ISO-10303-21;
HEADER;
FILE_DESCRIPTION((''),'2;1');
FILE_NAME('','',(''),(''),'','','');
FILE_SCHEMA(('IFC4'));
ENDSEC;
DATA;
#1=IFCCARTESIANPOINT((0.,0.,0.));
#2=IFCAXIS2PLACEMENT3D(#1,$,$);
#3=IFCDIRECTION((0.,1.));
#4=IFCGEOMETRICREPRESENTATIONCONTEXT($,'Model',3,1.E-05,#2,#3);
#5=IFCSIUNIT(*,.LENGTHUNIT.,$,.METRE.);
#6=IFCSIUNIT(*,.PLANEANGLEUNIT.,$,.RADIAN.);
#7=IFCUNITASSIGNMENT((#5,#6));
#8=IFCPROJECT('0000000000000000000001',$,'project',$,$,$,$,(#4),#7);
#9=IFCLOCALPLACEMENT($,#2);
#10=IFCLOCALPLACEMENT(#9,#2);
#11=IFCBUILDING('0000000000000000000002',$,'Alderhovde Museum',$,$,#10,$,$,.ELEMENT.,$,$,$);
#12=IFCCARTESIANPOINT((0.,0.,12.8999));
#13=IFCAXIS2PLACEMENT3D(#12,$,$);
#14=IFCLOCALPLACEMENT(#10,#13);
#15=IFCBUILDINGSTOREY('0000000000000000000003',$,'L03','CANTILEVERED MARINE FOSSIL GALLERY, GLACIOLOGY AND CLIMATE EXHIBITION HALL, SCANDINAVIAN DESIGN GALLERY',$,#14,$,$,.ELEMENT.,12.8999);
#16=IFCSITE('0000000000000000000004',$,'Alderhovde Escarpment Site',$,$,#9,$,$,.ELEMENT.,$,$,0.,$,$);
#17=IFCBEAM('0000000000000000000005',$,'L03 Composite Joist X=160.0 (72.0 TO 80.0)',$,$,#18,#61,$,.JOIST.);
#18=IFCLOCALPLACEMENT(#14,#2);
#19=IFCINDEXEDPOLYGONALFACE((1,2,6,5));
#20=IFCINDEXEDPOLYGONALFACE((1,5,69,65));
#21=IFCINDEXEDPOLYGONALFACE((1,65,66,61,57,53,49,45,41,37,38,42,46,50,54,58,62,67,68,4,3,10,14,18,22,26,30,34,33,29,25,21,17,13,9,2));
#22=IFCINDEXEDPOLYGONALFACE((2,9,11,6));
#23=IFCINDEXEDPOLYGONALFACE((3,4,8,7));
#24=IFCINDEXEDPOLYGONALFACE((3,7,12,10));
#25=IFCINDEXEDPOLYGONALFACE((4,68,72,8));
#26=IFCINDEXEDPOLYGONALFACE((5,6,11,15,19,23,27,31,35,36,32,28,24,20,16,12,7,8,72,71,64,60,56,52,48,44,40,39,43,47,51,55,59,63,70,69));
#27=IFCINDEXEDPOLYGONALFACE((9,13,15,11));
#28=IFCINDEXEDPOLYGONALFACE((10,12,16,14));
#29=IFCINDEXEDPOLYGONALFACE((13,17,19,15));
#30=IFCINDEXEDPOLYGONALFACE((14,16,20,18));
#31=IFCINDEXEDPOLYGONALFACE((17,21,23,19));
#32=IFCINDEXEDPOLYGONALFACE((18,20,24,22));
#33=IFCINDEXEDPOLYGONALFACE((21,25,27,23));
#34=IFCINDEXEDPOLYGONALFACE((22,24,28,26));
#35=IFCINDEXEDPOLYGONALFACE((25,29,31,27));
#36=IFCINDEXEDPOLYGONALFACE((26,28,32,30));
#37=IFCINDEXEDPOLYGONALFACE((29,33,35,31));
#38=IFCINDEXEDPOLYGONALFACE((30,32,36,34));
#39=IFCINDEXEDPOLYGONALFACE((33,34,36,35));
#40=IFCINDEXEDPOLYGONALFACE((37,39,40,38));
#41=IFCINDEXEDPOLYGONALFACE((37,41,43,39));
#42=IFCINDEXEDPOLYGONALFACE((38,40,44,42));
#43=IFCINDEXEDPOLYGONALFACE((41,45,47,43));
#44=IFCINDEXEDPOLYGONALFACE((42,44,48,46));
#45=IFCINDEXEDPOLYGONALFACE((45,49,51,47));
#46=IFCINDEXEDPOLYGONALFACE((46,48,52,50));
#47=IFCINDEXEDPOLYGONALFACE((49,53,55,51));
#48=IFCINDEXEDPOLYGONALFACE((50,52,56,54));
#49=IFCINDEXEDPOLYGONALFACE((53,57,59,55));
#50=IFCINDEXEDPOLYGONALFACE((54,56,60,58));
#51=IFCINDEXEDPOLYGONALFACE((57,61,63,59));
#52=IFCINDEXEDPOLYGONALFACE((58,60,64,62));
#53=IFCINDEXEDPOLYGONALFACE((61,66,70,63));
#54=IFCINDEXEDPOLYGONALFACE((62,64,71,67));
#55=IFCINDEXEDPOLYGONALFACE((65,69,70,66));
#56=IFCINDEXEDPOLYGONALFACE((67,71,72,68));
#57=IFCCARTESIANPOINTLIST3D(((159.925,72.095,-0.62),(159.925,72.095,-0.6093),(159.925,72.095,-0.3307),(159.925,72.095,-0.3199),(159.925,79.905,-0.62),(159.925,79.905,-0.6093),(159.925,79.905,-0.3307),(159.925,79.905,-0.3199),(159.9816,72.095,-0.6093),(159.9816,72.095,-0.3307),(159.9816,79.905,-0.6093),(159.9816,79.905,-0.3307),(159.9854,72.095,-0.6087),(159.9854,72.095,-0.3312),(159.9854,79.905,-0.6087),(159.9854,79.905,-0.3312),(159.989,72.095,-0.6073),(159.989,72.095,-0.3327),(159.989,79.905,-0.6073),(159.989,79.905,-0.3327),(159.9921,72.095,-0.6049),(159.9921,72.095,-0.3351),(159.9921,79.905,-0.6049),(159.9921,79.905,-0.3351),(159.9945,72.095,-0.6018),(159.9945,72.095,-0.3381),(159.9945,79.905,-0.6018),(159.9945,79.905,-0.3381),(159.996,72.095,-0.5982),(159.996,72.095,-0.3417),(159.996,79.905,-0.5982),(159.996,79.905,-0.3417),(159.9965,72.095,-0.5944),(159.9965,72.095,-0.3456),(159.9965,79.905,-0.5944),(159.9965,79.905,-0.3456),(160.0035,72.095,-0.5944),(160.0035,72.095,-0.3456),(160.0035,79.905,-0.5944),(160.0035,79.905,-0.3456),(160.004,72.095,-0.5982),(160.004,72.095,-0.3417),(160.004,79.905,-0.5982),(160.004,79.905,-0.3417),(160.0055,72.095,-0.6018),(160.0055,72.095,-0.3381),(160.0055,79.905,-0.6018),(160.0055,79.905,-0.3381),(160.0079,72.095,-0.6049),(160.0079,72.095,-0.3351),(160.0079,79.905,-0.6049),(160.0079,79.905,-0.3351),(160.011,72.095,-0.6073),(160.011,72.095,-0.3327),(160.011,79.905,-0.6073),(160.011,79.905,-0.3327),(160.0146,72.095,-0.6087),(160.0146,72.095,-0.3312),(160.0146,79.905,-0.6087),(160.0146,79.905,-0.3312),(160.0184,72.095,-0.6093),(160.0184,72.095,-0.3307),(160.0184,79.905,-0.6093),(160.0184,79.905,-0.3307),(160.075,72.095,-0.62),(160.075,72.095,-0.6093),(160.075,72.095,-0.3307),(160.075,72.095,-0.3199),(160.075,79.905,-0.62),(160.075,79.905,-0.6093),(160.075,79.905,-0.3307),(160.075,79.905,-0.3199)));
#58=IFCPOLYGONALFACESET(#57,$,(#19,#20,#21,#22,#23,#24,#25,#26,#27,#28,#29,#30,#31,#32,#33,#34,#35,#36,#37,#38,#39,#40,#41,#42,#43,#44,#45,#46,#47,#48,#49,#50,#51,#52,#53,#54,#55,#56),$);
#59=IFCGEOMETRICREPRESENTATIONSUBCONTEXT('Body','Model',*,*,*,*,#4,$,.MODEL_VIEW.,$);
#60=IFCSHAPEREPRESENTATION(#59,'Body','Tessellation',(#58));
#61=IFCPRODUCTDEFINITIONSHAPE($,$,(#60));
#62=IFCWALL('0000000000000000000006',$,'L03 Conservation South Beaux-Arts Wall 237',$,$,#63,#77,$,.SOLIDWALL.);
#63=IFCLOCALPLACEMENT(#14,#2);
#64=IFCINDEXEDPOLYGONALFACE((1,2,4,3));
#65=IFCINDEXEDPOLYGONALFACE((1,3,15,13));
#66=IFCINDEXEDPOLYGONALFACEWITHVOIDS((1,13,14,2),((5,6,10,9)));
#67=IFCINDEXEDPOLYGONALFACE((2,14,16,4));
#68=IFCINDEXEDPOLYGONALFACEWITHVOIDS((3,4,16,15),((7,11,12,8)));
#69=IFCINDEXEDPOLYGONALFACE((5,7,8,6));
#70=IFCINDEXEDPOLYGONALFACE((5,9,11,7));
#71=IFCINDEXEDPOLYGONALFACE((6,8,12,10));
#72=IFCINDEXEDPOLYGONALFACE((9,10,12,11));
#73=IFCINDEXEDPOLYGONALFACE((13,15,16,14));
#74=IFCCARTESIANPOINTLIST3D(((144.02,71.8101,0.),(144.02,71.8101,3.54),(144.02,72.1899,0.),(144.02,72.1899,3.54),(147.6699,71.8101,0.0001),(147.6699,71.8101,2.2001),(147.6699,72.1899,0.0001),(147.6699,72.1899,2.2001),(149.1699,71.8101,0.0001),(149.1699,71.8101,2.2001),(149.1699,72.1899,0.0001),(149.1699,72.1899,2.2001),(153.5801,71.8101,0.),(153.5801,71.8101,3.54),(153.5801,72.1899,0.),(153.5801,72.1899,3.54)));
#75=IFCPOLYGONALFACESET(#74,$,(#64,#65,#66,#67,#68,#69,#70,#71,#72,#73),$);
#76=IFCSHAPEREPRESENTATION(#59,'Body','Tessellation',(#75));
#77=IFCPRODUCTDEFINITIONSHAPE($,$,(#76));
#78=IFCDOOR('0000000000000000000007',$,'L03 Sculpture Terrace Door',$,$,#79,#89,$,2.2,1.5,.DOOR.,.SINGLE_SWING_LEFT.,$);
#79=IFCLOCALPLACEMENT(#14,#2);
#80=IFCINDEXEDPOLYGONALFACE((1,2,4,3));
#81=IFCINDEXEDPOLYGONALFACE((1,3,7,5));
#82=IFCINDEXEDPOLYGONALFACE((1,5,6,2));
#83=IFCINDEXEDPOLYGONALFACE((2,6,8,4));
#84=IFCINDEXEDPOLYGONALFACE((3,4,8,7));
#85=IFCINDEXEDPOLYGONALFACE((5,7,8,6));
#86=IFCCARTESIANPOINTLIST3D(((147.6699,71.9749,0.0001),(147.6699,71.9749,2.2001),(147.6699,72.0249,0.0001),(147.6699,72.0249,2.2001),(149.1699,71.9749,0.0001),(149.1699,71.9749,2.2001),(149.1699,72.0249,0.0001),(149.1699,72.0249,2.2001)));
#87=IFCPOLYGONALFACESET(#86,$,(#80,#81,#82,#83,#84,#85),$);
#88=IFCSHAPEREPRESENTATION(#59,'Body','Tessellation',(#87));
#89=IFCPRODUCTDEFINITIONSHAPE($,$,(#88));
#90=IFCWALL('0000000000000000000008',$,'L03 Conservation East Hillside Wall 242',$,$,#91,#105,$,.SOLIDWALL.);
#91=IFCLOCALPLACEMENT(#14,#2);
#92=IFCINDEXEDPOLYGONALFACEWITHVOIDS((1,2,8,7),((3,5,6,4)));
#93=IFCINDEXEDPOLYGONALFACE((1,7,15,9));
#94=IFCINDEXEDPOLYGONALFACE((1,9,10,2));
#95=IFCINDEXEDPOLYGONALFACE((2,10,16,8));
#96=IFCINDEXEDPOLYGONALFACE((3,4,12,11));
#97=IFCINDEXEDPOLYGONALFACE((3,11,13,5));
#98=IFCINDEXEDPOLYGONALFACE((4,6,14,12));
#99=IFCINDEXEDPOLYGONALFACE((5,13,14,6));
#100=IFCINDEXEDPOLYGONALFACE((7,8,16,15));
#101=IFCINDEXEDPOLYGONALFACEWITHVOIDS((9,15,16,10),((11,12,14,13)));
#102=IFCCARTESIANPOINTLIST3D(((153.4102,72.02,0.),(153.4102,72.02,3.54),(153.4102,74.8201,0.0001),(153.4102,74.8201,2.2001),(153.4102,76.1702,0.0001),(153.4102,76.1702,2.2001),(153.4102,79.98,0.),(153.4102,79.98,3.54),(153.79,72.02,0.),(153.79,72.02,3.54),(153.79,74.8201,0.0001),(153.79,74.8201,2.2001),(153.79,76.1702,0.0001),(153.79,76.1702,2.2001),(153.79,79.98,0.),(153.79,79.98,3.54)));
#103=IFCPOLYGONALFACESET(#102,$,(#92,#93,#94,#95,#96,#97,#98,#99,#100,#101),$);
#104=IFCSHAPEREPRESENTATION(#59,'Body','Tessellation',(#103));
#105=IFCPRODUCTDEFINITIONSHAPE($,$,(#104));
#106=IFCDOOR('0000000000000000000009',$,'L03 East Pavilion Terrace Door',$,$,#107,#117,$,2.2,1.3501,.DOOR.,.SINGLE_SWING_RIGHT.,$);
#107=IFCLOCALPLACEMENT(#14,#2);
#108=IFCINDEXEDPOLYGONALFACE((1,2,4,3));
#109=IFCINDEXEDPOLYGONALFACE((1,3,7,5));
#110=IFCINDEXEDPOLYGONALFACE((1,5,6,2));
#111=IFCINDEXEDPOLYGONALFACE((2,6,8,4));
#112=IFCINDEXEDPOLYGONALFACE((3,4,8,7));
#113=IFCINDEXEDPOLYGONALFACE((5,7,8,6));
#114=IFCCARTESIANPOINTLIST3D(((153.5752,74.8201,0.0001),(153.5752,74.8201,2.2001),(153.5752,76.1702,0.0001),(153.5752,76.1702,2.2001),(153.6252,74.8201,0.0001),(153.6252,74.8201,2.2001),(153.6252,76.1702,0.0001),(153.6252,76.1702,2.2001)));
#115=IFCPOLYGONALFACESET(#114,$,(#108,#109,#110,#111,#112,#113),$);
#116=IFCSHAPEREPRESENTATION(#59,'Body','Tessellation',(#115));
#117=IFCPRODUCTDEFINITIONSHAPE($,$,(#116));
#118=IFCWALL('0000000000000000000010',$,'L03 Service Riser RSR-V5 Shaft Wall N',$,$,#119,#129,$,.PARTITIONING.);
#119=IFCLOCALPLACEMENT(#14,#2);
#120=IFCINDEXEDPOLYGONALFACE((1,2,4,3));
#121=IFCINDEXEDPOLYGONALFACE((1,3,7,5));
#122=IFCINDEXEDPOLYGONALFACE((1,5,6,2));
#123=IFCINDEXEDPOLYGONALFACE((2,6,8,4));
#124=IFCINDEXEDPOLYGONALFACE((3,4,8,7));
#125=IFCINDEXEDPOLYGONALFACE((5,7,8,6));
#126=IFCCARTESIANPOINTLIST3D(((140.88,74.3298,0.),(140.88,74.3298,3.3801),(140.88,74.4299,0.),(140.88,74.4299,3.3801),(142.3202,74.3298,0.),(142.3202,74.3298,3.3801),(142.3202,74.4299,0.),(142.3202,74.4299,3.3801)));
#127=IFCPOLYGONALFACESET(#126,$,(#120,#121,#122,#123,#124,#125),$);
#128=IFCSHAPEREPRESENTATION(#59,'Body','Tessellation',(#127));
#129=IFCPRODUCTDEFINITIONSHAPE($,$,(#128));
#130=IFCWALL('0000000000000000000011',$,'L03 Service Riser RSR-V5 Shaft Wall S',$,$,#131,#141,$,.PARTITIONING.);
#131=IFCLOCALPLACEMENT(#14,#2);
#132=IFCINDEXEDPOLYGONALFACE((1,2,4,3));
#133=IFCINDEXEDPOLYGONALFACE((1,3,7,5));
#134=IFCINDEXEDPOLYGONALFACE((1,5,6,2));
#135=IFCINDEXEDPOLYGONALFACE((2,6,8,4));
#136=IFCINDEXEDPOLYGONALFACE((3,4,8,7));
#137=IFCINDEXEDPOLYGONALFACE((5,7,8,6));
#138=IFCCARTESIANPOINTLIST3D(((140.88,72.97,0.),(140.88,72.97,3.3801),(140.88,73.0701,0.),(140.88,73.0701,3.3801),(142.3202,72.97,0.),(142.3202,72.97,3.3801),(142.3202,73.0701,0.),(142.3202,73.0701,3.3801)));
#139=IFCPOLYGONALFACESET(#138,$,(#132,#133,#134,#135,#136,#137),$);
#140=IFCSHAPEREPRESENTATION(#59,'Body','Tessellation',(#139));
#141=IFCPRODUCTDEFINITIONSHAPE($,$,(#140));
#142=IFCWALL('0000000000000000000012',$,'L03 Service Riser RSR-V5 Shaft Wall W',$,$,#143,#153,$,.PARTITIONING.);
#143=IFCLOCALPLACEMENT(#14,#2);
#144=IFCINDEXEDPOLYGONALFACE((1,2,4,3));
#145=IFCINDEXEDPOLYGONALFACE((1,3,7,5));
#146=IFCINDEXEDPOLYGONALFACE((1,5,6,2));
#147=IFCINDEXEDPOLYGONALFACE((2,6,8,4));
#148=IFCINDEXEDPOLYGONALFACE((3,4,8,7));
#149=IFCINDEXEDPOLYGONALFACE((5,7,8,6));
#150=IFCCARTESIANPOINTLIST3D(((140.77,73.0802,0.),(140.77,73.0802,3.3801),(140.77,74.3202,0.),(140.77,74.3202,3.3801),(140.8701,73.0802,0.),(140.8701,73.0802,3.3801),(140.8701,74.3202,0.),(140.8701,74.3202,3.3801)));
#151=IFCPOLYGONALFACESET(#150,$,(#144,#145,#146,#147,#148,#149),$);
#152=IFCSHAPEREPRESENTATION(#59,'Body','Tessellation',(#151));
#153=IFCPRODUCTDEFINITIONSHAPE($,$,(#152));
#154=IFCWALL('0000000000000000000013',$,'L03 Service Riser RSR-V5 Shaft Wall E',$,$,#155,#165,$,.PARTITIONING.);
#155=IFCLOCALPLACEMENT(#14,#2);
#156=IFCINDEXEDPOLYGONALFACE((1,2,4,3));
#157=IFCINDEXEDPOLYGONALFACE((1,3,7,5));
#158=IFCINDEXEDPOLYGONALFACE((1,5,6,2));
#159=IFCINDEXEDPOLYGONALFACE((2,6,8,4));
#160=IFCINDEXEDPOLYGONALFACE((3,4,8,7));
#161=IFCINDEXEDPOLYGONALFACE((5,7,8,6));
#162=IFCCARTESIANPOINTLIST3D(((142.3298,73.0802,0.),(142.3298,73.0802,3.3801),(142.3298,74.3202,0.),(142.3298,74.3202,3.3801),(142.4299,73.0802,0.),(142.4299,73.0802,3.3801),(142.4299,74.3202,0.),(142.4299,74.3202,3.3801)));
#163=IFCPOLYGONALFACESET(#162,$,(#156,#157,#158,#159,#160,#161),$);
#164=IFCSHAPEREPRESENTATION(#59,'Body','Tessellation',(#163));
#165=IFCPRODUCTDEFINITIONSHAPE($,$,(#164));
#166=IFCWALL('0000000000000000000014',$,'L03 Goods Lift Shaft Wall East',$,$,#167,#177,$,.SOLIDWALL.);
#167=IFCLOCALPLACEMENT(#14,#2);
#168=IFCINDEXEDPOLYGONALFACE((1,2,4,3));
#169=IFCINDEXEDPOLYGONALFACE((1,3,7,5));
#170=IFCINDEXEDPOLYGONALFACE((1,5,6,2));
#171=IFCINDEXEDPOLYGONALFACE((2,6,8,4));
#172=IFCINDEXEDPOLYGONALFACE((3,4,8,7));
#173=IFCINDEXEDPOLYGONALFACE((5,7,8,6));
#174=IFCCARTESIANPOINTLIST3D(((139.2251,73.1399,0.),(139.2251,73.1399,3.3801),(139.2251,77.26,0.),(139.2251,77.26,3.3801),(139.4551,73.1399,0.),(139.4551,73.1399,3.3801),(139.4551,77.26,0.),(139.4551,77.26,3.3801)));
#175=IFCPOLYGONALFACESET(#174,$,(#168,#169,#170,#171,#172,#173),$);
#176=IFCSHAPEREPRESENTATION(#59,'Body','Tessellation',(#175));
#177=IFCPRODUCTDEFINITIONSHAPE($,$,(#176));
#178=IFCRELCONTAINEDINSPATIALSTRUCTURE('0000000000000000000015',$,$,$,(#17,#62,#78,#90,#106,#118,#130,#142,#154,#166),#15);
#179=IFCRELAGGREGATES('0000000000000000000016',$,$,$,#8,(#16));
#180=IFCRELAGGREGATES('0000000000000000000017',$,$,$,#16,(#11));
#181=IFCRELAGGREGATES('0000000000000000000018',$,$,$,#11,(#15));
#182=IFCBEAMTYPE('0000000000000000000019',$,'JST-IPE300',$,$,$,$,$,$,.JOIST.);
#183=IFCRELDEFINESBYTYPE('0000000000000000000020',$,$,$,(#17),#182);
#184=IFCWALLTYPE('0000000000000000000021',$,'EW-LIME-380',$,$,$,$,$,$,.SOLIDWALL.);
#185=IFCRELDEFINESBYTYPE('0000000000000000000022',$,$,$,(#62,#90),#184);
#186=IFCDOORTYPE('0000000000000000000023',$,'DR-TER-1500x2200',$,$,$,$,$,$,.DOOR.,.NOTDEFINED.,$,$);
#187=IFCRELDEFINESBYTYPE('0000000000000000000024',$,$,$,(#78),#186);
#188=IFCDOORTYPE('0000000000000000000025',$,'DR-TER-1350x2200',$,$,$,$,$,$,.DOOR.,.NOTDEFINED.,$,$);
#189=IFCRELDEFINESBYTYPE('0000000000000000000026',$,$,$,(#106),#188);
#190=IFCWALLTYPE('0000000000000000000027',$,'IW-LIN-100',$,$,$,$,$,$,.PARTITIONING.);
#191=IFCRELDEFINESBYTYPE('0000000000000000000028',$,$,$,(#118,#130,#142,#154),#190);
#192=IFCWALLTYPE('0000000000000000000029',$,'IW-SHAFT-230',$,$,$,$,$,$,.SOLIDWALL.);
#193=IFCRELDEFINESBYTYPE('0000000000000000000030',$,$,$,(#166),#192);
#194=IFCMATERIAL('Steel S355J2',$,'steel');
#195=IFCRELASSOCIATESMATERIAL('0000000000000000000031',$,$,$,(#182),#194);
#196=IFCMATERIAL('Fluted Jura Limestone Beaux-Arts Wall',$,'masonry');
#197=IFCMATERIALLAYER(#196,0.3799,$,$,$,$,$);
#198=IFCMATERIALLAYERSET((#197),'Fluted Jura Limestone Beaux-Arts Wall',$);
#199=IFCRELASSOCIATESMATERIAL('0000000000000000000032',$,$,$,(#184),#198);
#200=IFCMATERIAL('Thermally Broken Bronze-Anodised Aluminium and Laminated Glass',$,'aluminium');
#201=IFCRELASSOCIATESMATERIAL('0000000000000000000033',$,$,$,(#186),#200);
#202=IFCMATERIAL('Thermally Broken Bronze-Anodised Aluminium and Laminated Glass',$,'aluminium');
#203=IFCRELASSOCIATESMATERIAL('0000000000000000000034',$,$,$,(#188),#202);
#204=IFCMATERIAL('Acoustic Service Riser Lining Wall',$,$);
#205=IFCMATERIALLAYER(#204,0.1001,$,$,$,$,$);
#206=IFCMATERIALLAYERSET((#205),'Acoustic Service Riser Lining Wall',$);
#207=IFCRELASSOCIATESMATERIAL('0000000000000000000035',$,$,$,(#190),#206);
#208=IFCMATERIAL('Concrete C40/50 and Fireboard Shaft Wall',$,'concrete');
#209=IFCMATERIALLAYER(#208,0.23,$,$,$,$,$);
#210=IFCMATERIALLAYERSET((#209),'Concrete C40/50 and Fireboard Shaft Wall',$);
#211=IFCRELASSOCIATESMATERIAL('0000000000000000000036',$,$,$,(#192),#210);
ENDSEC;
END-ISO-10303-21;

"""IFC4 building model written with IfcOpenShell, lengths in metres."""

from ifc_helpers import new_model, si_unit, direction, frame, frame_2d, origin, origin_2d, place, context, subcontext, project, spatial, rectangle, i_section, extrude, material, layer, layer_set, material_profile, profile_set, type_object, element, fill, save


model = new_model("IFC4")

# Units and contexts
model_context = context("Model", 3, precision=1e-05, world=origin(), true_north=direction((0.0, 1.0)))
body_context = subcontext(model_context, "Body", "Model", "MODEL_VIEW")
ifc_project = project(units=[si_unit("LENGTHUNIT", "METRE"), si_unit("PLANEANGLEUNIT", "RADIAN")], contexts=[model_context])

# Site, building, storey
site_placement = place(None, origin())
site = spatial("IfcSite", under=ifc_project, at=site_placement, Name="Alderhovde Escarpment Site", CompositionType="ELEMENT", RefElevation=0.0)
building_placement = place(site_placement, origin())
building = spatial("IfcBuilding", under=site, at=building_placement, Name="Alderhovde Museum", CompositionType="ELEMENT")
storey_placement = place(building_placement, frame((0.0, 0.0, 12.8999)))
storey = spatial("IfcBuildingStorey", under=building, at=storey_placement, Name="L03", Description="CANTILEVERED MARINE FOSSIL GALLERY, GLACIOLOGY AND CLIMATE EXHIBITION HALL, SCANDINAVIAN DESIGN GALLERY", CompositionType="ELEMENT", Elevation=12.8999)

# Beam
ifc_material_1 = material(Name="Steel S355J2", Category="steel")
ifc_material_profile_1 = material_profile(ifc_material_1, i_section(OverallWidth=0.1499, OverallDepth=0.3, WebThickness=0.0071, FlangeThickness=0.0107, FilletRadius=0.0149, at=origin_2d()), Name="IPE 300")
ifc_profile_set_1 = profile_set([ifc_material_profile_1], Name="Steel S355J2")
beam_type_1 = type_object("IfcBeamType", Name="JST-IPE300", PredefinedType="JOIST", material=ifc_profile_set_1)
for number, where, z_axis, x_axis, name in (
    (1, (160.0, 72.095, -0.47), (0.0, 1.0, 0.0), (-1.0, 0.0, 0.0), "L03 Composite Joist X=160.0 (72.0 TO 80.0)"),
):
    element("IfcBeam", number, at=place(storey_placement, frame(where, z_axis=z_axis, x_axis=x_axis)), inside=storey, type_object=beam_type_1, Name=name, PredefinedType="JOIST", context=body_context, shape_type="SweptSolid", body=[
        extrude(i_section(OverallWidth=0.1499, OverallDepth=0.3, WebThickness=0.0071, FlangeThickness=0.0107, FilletRadius=0.0149, at=origin_2d()), origin(), (0.0, 0.0, 1.0), 7.8101),
    ])

# Walls, openings, doors
ifc_material_2 = material(Name="Fluted Jura Limestone Beaux-Arts Wall", Category="masonry")
ifc_layer_1 = layer(ifc_material_2, 0.3799)
ifc_layer_set_1 = layer_set([ifc_layer_1], Name="Fluted Jura Limestone Beaux-Arts Wall")
wall_type_1 = type_object("IfcWallType", Name="EW-LIME-380", PredefinedType="SOLIDWALL", material=ifc_layer_set_1)
wall_1_placement = place(storey_placement, frame((144.02, 72.0, 0.0), z_axis=(0.0, 0.0, 1.0), x_axis=(1.0, 0.0, 0.0)))
wall_1 = element("IfcWall", 2, at=wall_1_placement, inside=storey, type_object=wall_type_1, Name="L03 Conservation South Beaux-Arts Wall 237", PredefinedType="SOLIDWALL", context=body_context, shape_type="SweptSolid", body=[
    extrude(rectangle(XDim=9.5601, YDim=0.3799, at=frame_2d((4.78, 0.0))), origin(), (0.0, 0.0, 1.0), 3.54),
])
opening_1_placement = place(wall_1_placement, frame((3.6499, 0.0, 0.0)))
opening_1 = element("IfcOpeningElement", 3, at=opening_1_placement, cuts=wall_1, PredefinedType="OPENING", context=body_context, shape_type="SweptSolid", body=[
    extrude(rectangle(XDim=1.5, YDim=2.2, at=frame_2d((0.75, 1.1001))), frame((0.0, 0.2, 0.0), z_axis=(0.0, -1.0, 0.0), x_axis=(1.0, 0.0, 0.0)), (0.0, 0.0, 1.0), 0.3999),
])
ifc_material_3 = material(Name="Thermally Broken Bronze-Anodised Aluminium and Laminated Glass", Category="aluminium")
door_type_1 = type_object("IfcDoorType", Name="DR-TER-1500x2200", OperationType="NOTDEFINED", PredefinedType="DOOR", material=ifc_material_3)
door_1_placement = place(opening_1_placement, origin())
door_1 = element("IfcDoor", 4, at=door_1_placement, inside=storey, type_object=door_type_1, Name="L03 Sculpture Terrace Door", OperationType="SINGLE_SWING_LEFT", OverallHeight=2.2, OverallWidth=1.5, PredefinedType="DOOR", context=body_context, shape_type="SweptSolid", body=[
    extrude(rectangle(XDim=1.5, YDim=2.2, at=frame_2d((0.75, 1.1001))), frame((0.0, 0.0249, 0.0), z_axis=(0.0, -1.0, 0.0), x_axis=(1.0, 0.0, 0.0)), (0.0, 0.0, 1.0), 0.05),
])
fill(opening_1, door_1)
wall_2_placement = place(storey_placement, frame((153.6001, 72.02, 0.0), z_axis=(0.0, 0.0, 1.0), x_axis=(0.0, 1.0, 0.0)))
wall_2 = element("IfcWall", 5, at=wall_2_placement, inside=storey, type_object=wall_type_1, Name="L03 Conservation East Hillside Wall 242", PredefinedType="SOLIDWALL", context=body_context, shape_type="SweptSolid", body=[
    extrude(rectangle(XDim=7.96, YDim=0.3799, at=frame_2d((3.98, 0.0))), origin(), (0.0, 0.0, 1.0), 3.54),
])
opening_2_placement = place(wall_2_placement, frame((2.8, 0.0, 0.0)))
opening_2 = element("IfcOpeningElement", 6, at=opening_2_placement, cuts=wall_2, PredefinedType="OPENING", context=body_context, shape_type="SweptSolid", body=[
    extrude(rectangle(XDim=1.3501, YDim=2.2, at=frame_2d((0.675, 1.1001))), frame((0.0, 0.2, 0.0), z_axis=(0.0, -1.0, 0.0), x_axis=(1.0, 0.0, 0.0)), (0.0, 0.0, 1.0), 0.3999),
])
ifc_material_4 = material(Name="Thermally Broken Bronze-Anodised Aluminium and Laminated Glass", Category="aluminium")
door_type_2 = type_object("IfcDoorType", Name="DR-TER-1350x2200", OperationType="NOTDEFINED", PredefinedType="DOOR", material=ifc_material_4)
door_2_placement = place(opening_2_placement, origin())
door_2 = element("IfcDoor", 7, at=door_2_placement, inside=storey, type_object=door_type_2, Name="L03 East Pavilion Terrace Door", OperationType="SINGLE_SWING_RIGHT", OverallHeight=2.2, OverallWidth=1.3501, PredefinedType="DOOR", context=body_context, shape_type="SweptSolid", body=[
    extrude(rectangle(XDim=1.3501, YDim=2.2, at=frame_2d((0.675, 1.1001))), frame((0.0, 0.0249, 0.0), z_axis=(0.0, -1.0, 0.0), x_axis=(1.0, 0.0, 0.0)), (0.0, 0.0, 1.0), 0.05),
])
fill(opening_2, door_2)

# Walls
ifc_material_5 = material(Name="Acoustic Service Riser Lining Wall")
ifc_layer_2 = layer(ifc_material_5, 0.1001)
ifc_layer_set_2 = layer_set([ifc_layer_2], Name="Acoustic Service Riser Lining Wall")
wall_type_2 = type_object("IfcWallType", Name="IW-LIN-100", PredefinedType="PARTITIONING", material=ifc_layer_set_2)
for number, where, z_axis, x_axis, name in (
    (8, (140.8799, 74.3799, 0.0), (0.0, 0.0, 1.0), (1.0, 0.0, 0.0), "L03 Service Riser RSR-V5 Shaft Wall N"),
    (9, (140.8799, 73.02, 0.0), (0.0, 0.0, 1.0), (1.0, 0.0, 0.0), "L03 Service Riser RSR-V5 Shaft Wall S"),
):
    element("IfcWall", number, at=place(storey_placement, frame(where, z_axis=z_axis, x_axis=x_axis)), inside=storey, type_object=wall_type_2, Name=name, PredefinedType="PARTITIONING", context=body_context, shape_type="SweptSolid", body=[
        extrude(rectangle(XDim=1.4402, YDim=0.1001, at=frame_2d((0.7202, 0.0))), origin(), (0.0, 0.0, 1.0), 3.3801),
    ])
for number, where, z_axis, x_axis, name in (
    (10, (140.8201, 73.0801, 0.0), (0.0, 0.0, 1.0), (0.0, 1.0, 0.0), "L03 Service Riser RSR-V5 Shaft Wall W"),
    (11, (142.3799, 73.0801, 0.0), (0.0, 0.0, 1.0), (0.0, 1.0, 0.0), "L03 Service Riser RSR-V5 Shaft Wall E"),
):
    element("IfcWall", number, at=place(storey_placement, frame(where, z_axis=z_axis, x_axis=x_axis)), inside=storey, type_object=wall_type_2, Name=name, PredefinedType="PARTITIONING", context=body_context, shape_type="SweptSolid", body=[
        extrude(rectangle(XDim=1.24, YDim=0.1001, at=frame_2d((0.6201, 0.0))), origin(), (0.0, 0.0, 1.0), 3.3801),
    ])
ifc_material_6 = material(Name="Concrete C40/50 and Fireboard Shaft Wall", Category="concrete")
ifc_layer_3 = layer(ifc_material_6, 0.23)
ifc_layer_set_3 = layer_set([ifc_layer_3], Name="Concrete C40/50 and Fireboard Shaft Wall")
wall_type_3 = type_object("IfcWallType", Name="IW-SHAFT-230", PredefinedType="SOLIDWALL", material=ifc_layer_set_3)
wall_3_placement = place(storey_placement, frame((139.3401, 73.1399, 0.0), z_axis=(0.0, 0.0, 1.0), x_axis=(0.0, 1.0, 0.0)))
element("IfcWall", 12, at=wall_3_placement, inside=storey, type_object=wall_type_3, Name="L03 Goods Lift Shaft Wall East", PredefinedType="SOLIDWALL", context=body_context, shape_type="SweptSolid", body=[
    extrude(rectangle(XDim=4.1201, YDim=0.23, at=frame_2d((2.0601, 0.0))), origin(), (0.0, 0.0, 1.0), 3.3801),
])

save(model, "model.ifc")
